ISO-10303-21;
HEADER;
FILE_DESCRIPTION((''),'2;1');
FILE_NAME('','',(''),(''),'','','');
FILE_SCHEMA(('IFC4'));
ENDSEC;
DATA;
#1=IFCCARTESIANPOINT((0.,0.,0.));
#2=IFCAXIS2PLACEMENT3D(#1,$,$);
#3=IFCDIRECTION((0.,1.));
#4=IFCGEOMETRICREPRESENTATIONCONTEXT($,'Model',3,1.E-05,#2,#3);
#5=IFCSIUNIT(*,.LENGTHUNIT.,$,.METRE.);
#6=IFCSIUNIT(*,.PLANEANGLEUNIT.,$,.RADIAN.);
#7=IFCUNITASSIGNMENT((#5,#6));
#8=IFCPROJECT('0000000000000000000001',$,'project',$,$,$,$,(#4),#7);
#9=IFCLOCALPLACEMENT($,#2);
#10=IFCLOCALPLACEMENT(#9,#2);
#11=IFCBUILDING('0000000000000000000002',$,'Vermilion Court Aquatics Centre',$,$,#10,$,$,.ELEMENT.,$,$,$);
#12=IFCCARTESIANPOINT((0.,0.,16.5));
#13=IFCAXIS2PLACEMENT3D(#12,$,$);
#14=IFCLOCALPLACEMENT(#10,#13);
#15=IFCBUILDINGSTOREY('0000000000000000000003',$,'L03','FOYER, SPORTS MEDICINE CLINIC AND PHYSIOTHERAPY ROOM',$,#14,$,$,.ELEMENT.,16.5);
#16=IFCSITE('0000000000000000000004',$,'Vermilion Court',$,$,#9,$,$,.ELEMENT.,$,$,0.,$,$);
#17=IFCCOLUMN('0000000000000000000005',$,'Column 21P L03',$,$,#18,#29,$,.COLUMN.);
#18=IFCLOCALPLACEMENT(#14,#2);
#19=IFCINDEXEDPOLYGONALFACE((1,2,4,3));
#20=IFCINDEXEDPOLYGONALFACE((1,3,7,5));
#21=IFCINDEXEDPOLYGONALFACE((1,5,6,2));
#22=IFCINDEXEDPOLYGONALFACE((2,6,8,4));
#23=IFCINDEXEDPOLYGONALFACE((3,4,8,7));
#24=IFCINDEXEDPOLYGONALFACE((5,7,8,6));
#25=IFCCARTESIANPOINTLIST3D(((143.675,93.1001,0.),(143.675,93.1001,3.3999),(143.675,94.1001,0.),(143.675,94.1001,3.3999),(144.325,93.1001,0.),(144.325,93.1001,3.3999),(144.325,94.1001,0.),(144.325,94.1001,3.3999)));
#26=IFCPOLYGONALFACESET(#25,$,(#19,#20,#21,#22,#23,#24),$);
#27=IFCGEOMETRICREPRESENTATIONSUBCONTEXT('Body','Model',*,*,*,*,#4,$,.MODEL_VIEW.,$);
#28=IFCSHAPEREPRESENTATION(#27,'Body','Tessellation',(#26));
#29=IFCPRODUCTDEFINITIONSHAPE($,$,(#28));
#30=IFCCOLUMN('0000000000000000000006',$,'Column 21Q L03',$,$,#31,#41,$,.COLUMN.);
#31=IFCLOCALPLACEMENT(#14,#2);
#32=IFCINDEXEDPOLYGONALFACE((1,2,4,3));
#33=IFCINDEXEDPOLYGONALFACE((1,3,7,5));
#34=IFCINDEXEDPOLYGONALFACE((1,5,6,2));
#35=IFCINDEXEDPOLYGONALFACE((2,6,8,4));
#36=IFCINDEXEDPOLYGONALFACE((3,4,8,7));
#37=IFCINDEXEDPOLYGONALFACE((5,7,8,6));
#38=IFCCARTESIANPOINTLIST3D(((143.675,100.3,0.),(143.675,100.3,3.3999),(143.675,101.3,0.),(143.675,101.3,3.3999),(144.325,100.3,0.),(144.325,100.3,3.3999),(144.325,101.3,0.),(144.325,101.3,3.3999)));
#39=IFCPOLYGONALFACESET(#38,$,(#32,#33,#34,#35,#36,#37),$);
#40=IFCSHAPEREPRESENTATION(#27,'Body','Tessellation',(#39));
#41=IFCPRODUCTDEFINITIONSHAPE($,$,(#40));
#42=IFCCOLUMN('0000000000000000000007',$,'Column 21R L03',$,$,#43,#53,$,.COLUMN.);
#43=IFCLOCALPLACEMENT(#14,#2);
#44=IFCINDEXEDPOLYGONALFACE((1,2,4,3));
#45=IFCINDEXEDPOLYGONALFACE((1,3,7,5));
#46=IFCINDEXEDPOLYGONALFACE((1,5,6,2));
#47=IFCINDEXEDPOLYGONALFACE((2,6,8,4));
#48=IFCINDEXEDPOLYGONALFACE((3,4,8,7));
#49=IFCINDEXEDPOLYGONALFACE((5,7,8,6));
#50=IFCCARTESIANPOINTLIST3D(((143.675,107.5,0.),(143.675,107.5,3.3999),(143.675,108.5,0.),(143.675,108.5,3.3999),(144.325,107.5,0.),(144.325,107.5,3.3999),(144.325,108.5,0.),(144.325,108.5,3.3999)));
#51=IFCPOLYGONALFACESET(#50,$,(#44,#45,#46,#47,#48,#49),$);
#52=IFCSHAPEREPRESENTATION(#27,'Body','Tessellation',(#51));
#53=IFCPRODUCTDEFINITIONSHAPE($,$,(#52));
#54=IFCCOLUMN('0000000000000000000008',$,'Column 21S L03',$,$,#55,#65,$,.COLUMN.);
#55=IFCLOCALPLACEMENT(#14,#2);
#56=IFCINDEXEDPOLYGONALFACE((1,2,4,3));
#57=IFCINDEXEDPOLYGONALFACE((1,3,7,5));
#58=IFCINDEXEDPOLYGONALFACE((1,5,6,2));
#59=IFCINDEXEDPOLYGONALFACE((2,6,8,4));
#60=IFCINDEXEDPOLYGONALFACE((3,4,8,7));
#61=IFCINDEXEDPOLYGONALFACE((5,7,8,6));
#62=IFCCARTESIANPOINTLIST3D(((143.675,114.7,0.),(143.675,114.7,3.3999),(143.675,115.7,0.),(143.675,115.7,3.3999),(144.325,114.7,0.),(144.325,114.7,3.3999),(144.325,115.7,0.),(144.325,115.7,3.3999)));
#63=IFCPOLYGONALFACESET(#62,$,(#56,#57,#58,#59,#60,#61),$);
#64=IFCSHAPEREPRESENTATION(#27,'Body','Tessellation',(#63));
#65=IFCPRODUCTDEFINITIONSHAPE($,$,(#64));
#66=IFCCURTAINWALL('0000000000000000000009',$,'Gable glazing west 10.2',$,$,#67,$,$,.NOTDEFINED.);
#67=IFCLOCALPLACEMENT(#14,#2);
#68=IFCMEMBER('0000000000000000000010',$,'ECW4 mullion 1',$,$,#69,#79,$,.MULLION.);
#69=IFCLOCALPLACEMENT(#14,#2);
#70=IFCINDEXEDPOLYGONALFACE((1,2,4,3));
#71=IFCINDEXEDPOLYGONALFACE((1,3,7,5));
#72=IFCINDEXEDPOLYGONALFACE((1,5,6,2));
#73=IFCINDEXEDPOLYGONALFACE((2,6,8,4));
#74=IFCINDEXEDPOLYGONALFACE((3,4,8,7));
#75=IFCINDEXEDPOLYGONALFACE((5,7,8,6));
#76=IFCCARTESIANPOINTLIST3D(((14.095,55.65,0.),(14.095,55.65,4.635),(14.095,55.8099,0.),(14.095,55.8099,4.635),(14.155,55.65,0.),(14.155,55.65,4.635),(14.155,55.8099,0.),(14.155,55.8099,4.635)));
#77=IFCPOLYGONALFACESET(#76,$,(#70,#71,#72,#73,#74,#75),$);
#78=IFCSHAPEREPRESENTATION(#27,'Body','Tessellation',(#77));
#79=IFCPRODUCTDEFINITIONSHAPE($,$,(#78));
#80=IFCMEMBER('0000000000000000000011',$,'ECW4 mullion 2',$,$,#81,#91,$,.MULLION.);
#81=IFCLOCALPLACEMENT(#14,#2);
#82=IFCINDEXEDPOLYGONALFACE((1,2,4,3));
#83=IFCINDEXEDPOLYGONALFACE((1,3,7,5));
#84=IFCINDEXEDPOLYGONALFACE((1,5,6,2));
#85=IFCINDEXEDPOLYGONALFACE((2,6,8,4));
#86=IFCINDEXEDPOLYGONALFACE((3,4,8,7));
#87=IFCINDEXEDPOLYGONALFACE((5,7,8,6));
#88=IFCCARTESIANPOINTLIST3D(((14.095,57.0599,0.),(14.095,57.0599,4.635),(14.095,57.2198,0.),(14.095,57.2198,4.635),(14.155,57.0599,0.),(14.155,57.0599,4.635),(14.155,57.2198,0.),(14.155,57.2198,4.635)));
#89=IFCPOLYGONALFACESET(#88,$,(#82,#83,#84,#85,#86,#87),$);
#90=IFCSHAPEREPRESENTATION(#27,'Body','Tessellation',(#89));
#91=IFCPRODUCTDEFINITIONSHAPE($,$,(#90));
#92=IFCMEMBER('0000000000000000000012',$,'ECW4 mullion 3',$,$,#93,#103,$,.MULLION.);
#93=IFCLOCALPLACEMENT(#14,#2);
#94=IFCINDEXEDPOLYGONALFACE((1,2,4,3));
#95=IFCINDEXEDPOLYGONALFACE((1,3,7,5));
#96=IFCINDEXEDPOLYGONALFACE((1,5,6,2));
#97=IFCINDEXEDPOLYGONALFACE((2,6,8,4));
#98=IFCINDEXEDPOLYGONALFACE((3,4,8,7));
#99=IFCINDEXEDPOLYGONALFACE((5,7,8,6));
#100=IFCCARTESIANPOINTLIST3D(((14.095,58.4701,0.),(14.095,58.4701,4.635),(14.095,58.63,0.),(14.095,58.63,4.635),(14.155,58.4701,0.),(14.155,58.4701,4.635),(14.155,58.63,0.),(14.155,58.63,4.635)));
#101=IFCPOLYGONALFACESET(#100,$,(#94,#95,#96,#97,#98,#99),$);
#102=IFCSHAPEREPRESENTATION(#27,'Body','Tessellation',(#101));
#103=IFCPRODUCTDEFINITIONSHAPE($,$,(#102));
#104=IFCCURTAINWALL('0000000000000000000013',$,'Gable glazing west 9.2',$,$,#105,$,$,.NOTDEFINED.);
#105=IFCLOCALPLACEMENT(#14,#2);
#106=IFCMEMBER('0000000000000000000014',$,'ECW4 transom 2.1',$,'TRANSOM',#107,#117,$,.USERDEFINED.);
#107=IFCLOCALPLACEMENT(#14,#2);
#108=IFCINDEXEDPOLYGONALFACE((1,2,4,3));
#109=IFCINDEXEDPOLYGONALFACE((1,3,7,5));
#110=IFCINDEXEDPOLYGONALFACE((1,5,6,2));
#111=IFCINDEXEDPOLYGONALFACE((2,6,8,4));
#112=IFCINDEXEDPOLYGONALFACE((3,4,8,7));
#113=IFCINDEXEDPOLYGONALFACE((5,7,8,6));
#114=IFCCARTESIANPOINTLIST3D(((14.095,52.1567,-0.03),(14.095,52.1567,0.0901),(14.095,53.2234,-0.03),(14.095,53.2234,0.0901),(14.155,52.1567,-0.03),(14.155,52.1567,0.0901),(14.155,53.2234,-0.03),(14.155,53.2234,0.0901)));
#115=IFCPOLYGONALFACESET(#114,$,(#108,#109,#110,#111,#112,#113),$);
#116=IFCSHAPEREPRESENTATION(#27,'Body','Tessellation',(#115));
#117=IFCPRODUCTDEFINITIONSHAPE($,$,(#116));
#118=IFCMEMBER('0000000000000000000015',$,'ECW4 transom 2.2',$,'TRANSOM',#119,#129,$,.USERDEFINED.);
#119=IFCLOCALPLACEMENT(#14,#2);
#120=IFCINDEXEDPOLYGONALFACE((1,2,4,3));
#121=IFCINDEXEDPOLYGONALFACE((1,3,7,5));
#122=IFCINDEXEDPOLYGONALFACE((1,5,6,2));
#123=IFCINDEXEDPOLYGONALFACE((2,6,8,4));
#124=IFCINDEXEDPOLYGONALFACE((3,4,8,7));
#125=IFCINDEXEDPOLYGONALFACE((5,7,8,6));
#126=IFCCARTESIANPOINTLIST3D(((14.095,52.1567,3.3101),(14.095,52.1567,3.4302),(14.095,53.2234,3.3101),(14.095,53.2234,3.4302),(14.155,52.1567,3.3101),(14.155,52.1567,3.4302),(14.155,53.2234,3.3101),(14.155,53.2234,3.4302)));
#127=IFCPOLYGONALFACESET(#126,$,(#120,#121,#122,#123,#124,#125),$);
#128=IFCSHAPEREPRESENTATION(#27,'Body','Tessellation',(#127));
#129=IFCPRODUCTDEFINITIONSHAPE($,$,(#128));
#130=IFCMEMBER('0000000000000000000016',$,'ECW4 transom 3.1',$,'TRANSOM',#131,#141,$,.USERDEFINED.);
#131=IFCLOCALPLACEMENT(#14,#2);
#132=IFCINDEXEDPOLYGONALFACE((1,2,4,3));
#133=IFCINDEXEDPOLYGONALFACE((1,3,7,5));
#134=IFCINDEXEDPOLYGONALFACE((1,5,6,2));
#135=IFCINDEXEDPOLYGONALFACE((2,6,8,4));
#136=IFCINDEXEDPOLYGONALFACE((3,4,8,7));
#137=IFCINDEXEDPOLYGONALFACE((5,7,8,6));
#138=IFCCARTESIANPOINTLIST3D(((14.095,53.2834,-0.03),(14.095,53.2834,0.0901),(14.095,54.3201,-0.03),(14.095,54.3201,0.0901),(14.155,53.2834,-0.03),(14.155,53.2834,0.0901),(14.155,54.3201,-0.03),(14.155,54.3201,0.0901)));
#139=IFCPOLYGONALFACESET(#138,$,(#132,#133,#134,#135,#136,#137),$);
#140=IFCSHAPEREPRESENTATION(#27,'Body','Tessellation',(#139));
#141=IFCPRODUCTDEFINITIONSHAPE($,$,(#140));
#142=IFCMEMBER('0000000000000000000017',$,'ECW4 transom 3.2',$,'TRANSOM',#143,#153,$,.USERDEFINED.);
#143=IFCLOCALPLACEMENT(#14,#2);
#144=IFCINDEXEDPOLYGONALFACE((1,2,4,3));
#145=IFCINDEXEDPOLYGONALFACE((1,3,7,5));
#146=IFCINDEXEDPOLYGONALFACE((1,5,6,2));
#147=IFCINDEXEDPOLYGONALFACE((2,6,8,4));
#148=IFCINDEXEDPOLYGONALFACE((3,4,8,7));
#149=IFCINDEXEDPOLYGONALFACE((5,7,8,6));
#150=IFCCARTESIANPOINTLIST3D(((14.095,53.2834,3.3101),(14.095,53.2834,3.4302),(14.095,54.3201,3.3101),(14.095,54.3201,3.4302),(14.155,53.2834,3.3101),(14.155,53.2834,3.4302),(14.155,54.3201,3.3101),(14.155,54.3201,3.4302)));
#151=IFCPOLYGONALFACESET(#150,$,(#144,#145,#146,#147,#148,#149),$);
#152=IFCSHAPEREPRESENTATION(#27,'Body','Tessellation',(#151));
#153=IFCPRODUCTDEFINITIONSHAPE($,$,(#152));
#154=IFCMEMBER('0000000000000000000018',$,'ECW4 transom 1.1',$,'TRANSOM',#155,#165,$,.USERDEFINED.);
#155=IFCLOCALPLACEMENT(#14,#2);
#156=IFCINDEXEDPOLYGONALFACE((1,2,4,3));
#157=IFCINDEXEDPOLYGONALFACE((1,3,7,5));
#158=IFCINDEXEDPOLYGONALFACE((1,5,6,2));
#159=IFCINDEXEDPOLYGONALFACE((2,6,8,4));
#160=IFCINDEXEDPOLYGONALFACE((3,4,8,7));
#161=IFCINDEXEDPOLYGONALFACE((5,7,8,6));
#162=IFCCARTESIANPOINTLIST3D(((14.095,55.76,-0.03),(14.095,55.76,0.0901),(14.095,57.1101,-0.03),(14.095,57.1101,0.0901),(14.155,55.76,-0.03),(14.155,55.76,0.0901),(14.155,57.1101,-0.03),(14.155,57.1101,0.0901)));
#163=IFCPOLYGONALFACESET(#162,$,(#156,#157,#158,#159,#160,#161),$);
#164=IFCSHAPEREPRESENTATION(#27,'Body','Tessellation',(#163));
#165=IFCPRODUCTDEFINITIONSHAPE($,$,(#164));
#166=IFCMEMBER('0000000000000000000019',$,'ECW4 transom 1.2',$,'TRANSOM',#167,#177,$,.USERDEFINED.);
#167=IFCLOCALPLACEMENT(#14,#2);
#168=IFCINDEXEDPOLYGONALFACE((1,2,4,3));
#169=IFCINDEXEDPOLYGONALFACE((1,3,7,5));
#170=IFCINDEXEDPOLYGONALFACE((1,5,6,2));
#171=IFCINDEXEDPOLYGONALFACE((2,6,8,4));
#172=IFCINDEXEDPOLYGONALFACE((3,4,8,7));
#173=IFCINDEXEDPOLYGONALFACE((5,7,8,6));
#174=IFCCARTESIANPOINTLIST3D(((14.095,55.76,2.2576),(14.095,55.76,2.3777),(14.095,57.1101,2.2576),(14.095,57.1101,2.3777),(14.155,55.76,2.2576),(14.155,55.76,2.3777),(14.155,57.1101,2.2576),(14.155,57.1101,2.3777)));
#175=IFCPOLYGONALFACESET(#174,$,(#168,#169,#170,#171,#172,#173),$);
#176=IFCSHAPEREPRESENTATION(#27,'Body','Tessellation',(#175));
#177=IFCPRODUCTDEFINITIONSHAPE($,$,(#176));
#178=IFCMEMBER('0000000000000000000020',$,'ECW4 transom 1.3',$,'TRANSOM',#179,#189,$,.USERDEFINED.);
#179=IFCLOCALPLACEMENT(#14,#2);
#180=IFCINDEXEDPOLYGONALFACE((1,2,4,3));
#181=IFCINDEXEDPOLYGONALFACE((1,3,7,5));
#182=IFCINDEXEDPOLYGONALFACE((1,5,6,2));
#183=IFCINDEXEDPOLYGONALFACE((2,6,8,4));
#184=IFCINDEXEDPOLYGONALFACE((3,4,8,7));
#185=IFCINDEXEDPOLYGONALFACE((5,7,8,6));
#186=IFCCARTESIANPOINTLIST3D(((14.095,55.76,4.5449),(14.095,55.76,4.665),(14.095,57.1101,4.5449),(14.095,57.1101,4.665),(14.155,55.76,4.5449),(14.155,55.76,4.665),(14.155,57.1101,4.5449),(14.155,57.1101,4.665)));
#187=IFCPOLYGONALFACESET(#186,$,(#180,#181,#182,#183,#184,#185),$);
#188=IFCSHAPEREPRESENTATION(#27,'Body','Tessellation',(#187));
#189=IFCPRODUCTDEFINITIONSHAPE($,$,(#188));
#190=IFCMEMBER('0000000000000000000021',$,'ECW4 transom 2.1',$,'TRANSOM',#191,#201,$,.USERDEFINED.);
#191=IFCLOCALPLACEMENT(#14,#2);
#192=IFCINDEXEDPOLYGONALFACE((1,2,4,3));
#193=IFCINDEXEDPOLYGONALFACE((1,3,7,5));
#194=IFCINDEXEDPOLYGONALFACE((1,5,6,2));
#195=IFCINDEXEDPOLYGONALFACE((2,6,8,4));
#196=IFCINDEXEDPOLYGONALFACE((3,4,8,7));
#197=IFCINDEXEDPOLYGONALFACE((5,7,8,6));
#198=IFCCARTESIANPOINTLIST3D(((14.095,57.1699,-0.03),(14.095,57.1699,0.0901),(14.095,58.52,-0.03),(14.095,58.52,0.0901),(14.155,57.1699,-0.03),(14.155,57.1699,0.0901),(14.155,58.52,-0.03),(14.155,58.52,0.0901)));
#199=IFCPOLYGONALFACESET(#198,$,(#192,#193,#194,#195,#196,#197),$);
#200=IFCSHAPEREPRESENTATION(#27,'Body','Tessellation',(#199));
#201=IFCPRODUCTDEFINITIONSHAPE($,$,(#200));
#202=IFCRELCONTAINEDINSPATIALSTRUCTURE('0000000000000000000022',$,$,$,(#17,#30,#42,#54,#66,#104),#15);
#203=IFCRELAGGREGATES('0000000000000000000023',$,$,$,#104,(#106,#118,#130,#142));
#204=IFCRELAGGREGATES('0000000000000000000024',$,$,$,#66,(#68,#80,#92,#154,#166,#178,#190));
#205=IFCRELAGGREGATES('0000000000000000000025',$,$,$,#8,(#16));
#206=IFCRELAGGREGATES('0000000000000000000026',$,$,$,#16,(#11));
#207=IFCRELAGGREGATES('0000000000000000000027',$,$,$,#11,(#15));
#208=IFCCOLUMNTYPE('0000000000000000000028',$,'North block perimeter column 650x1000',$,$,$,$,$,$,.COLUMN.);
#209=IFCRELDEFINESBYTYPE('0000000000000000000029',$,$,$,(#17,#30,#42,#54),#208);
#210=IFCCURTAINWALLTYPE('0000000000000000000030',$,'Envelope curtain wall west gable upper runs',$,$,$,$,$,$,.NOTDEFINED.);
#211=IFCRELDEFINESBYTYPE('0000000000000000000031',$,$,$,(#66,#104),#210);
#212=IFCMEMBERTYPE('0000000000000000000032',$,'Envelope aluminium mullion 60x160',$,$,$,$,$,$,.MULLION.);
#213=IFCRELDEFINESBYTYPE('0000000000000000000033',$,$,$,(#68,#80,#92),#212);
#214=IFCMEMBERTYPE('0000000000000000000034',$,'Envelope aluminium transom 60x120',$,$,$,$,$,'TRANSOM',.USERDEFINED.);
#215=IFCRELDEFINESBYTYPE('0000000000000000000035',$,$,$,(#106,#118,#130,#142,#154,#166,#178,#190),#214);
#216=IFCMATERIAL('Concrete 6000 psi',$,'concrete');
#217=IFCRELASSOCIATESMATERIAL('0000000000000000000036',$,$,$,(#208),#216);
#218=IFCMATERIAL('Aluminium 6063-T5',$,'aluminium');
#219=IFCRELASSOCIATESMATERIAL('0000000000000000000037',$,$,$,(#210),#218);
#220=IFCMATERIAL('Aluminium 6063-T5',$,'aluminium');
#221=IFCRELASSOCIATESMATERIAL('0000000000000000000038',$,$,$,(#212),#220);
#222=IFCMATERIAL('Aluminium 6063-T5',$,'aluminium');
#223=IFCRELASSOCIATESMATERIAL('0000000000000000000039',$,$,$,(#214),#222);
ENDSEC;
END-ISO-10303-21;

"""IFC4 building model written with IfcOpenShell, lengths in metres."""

from ifc_helpers import new_model, si_unit, direction, frame, origin, origin_2d, place, context, subcontext, project, spatial, rectangle, extrude, material, material_profile, profile_set, type_object, element, aggregate, save


model = new_model("IFC4")

# Units and contexts
model_context = context("Model", 3, precision=1e-05, world=origin(), true_north=direction((0.0, 1.0)))
body_context = subcontext(model_context, "Body", "Model", "MODEL_VIEW")
ifc_project = project(units=[si_unit("LENGTHUNIT", "METRE"), si_unit("PLANEANGLEUNIT", "RADIAN")], contexts=[model_context])

# Site, building, storey
site_placement = place(None, origin())
site = spatial("IfcSite", under=ifc_project, at=site_placement, Name="Vermilion Court", CompositionType="ELEMENT", RefElevation=0.0)
building_placement = place(site_placement, origin())
building = spatial("IfcBuilding", under=site, at=building_placement, Name="Vermilion Court Aquatics Centre", CompositionType="ELEMENT")
storey_placement = place(building_placement, frame((0.0, 0.0, 16.5)))
storey = spatial("IfcBuildingStorey", under=building, at=storey_placement, Name="L03", Description="FOYER, SPORTS MEDICINE CLINIC AND PHYSIOTHERAPY ROOM", CompositionType="ELEMENT", Elevation=16.5)

# Columns
ifc_material_1 = material(Name="Concrete 6000 psi", Category="concrete")
ifc_material_profile_1 = material_profile(ifc_material_1, rectangle(XDim=0.6499, YDim=1.0, at=origin_2d()), Name="RC 650x1000")
ifc_profile_set_1 = profile_set([ifc_material_profile_1], Name="Concrete 6000 psi")
column_type = type_object("IfcColumnType", Name="North block perimeter column 650x1000", PredefinedType="COLUMN", material=ifc_profile_set_1)
for number, where, z_axis, x_axis, name in (
    (1, (144.0, 93.6001, 0.0), (0.0, 0.0, 1.0), (1.0, 0.0, 0.0), "Column 21P L03"),
    (2, (144.0, 100.8, 0.0), (0.0, 0.0, 1.0), (1.0, 0.0, 0.0), "Column 21Q L03"),
    (3, (144.0, 108.0, 0.0), (0.0, 0.0, 1.0), (1.0, 0.0, 0.0), "Column 21R L03"),
    (4, (144.0, 115.2, 0.0), (0.0, 0.0, 1.0), (1.0, 0.0, 0.0), "Column 21S L03"),
):
    element("IfcColumn", number, at=place(storey_placement, frame(where, z_axis=z_axis, x_axis=x_axis)), inside=storey, type_object=column_type, Name=name, PredefinedType="COLUMN", context=body_context, shape_type="SweptSolid", body=[
        extrude(rectangle(XDim=0.6499, YDim=1.0, at=origin_2d()), origin(), (0.0, 0.0, 1.0), 3.3999),
    ])

# Curtain walls, members
ifc_material_2 = material(Name="Aluminium 6063-T5", Category="aluminium")
curtain_wall_type = type_object("IfcCurtainWallType", Name="Envelope curtain wall west gable upper runs", PredefinedType="NOTDEFINED", material=ifc_material_2)
curtain_wall_1_placement = place(storey_placement, origin())
curtain_wall_1 = element("IfcCurtainWall", 5, at=curtain_wall_1_placement, inside=storey, type_object=curtain_wall_type, Name="Gable glazing west 10.2", PredefinedType="NOTDEFINED")
ifc_material_3 = material(Name="Aluminium 6063-T5", Category="aluminium")
ifc_material_profile_2 = material_profile(ifc_material_3, rectangle(XDim=0.0601, YDim=0.1599, at=origin_2d()), Name="AL 60x160")
ifc_profile_set_2 = profile_set([ifc_material_profile_2], Name="Aluminium 6063-T5")
member_type_1 = type_object("IfcMemberType", Name="Envelope aluminium mullion 60x160", PredefinedType="MULLION", material=ifc_profile_set_2)
member_1_placement = place(storey_placement, frame((14.125, 55.73, 0.0), z_axis=(0.0, 0.0, 1.0), x_axis=(-1.0, 0.0, 0.0)))
member_1 = element("IfcMember", 6, at=member_1_placement, type_object=member_type_1, Name="ECW4 mullion 1", PredefinedType="MULLION", context=body_context, shape_type="SweptSolid", body=[
    extrude(rectangle(XDim=0.0601, YDim=0.1599, at=origin_2d()), origin(), (0.0, 0.0, 1.0), 4.635),
])
member_2_placement = place(storey_placement, frame((14.125, 57.1399, 0.0), z_axis=(0.0, 0.0, 1.0), x_axis=(-1.0, 0.0, 0.0)))
member_2 = element("IfcMember", 7, at=member_2_placement, type_object=member_type_1, Name="ECW4 mullion 2", PredefinedType="MULLION", context=body_context, shape_type="SweptSolid", body=[
    extrude(rectangle(XDim=0.0601, YDim=0.1599, at=origin_2d()), origin(), (0.0, 0.0, 1.0), 4.635),
])
member_3_placement = place(storey_placement, frame((14.125, 58.55, 0.0), z_axis=(0.0, 0.0, 1.0), x_axis=(-1.0, 0.0, 0.0)))
member_3 = element("IfcMember", 8, at=member_3_placement, type_object=member_type_1, Name="ECW4 mullion 3", PredefinedType="MULLION", context=body_context, shape_type="SweptSolid", body=[
    extrude(rectangle(XDim=0.0601, YDim=0.1599, at=origin_2d()), origin(), (0.0, 0.0, 1.0), 4.635),
])
curtain_wall_2_placement = place(storey_placement, origin())
curtain_wall_2 = element("IfcCurtainWall", 9, at=curtain_wall_2_placement, inside=storey, type_object=curtain_wall_type, Name="Gable glazing west 9.2", PredefinedType="NOTDEFINED")
ifc_material_4 = material(Name="Aluminium 6063-T5", Category="aluminium")
ifc_material_profile_3 = material_profile(ifc_material_4, rectangle(XDim=0.0601, YDim=0.1201, at=origin_2d()), Name="AL 60x120")
ifc_profile_set_3 = profile_set([ifc_material_profile_3], Name="Aluminium 6063-T5")
member_type_2 = type_object("IfcMemberType", Name="Envelope aluminium transom 60x120", ElementType="TRANSOM", PredefinedType="USERDEFINED", material=ifc_profile_set_3)
member_4_placement = place(storey_placement, frame((14.125, 52.1567, 0.03), z_axis=(0.0, 1.0, 0.0), x_axis=(-1.0, 0.0, 0.0)))
member_4 = element("IfcMember", 10, at=member_4_placement, type_object=member_type_2, Name="ECW4 transom 2.1", ObjectType="TRANSOM", PredefinedType="USERDEFINED", context=body_context, shape_type="SweptSolid", body=[
    extrude(rectangle(XDim=0.0601, YDim=0.1201, at=origin_2d()), origin(), (0.0, 0.0, 1.0), 1.0667),
])
member_5_placement = place(storey_placement, frame((14.125, 52.1567, 3.3701), z_axis=(0.0, 1.0, 0.0), x_axis=(-1.0, 0.0, 0.0)))
member_5 = element("IfcMember", 11, at=member_5_placement, type_object=member_type_2, Name="ECW4 transom 2.2", ObjectType="TRANSOM", PredefinedType="USERDEFINED", context=body_context, shape_type="SweptSolid", body=[
    extrude(rectangle(XDim=0.0601, YDim=0.1201, at=origin_2d()), origin(), (0.0, 0.0, 1.0), 1.0667),
])
member_6_placement = place(storey_placement, frame((14.125, 53.2834, 0.03), z_axis=(0.0, 1.0, 0.0), x_axis=(-1.0, 0.0, 0.0)))
member_6 = element("IfcMember", 12, at=member_6_placement, type_object=member_type_2, Name="ECW4 transom 3.1", ObjectType="TRANSOM", PredefinedType="USERDEFINED", context=body_context, shape_type="SweptSolid", body=[
    extrude(rectangle(XDim=0.0601, YDim=0.1201, at=origin_2d()), origin(), (0.0, 0.0, 1.0), 1.0366),
])
member_7_placement = place(storey_placement, frame((14.125, 53.2834, 3.3701), z_axis=(0.0, 1.0, 0.0), x_axis=(-1.0, 0.0, 0.0)))
member_7 = element("IfcMember", 13, at=member_7_placement, type_object=member_type_2, Name="ECW4 transom 3.2", ObjectType="TRANSOM", PredefinedType="USERDEFINED", context=body_context, shape_type="SweptSolid", body=[
    extrude(rectangle(XDim=0.0601, YDim=0.1201, at=origin_2d()), origin(), (0.0, 0.0, 1.0), 1.0366),
])

# Members
member_8_placement = place(storey_placement, frame((14.125, 55.76, 0.03), z_axis=(0.0, 1.0, 0.0), x_axis=(-1.0, 0.0, 0.0)))
member_8 = element("IfcMember", 14, at=member_8_placement, type_object=member_type_2, Name="ECW4 transom 1.1", ObjectType="TRANSOM", PredefinedType="USERDEFINED", context=body_context, shape_type="SweptSolid", body=[
    extrude(rectangle(XDim=0.0601, YDim=0.1201, at=origin_2d()), origin(), (0.0, 0.0, 1.0), 1.3501),
])
member_9_placement = place(storey_placement, frame((14.125, 55.76, 2.3176), z_axis=(0.0, 1.0, 0.0), x_axis=(-1.0, 0.0, 0.0)))
member_9 = element("IfcMember", 15, at=member_9_placement, type_object=member_type_2, Name="ECW4 transom 1.2", ObjectType="TRANSOM", PredefinedType="USERDEFINED", context=body_context, shape_type="SweptSolid", body=[
    extrude(rectangle(XDim=0.0601, YDim=0.1201, at=origin_2d()), origin(), (0.0, 0.0, 1.0), 1.3501),
])
member_10_placement = place(storey_placement, frame((14.125, 55.76, 4.605), z_axis=(0.0, 1.0, 0.0), x_axis=(-1.0, 0.0, 0.0)))
member_10 = element("IfcMember", 16, at=member_10_placement, type_object=member_type_2, Name="ECW4 transom 1.3", ObjectType="TRANSOM", PredefinedType="USERDEFINED", context=body_context, shape_type="SweptSolid", body=[
    extrude(rectangle(XDim=0.0601, YDim=0.1201, at=origin_2d()), origin(), (0.0, 0.0, 1.0), 1.3501),
])
member_11_placement = place(storey_placement, frame((14.125, 57.1699, 0.03), z_axis=(0.0, 1.0, 0.0), x_axis=(-1.0, 0.0, 0.0)))
member_11 = element("IfcMember", 17, at=member_11_placement, type_object=member_type_2, Name="ECW4 transom 2.1", ObjectType="TRANSOM", PredefinedType="USERDEFINED", context=body_context, shape_type="SweptSolid", body=[
    extrude(rectangle(XDim=0.0601, YDim=0.1201, at=origin_2d()), origin(), (0.0, 0.0, 1.0), 1.3501),
])

aggregate(curtain_wall_2, [member_4, member_5, member_6, member_7])
aggregate(curtain_wall_1, [member_1, member_2, member_3, member_8, member_9, member_10, member_11])

save(model, "model.ifc")
